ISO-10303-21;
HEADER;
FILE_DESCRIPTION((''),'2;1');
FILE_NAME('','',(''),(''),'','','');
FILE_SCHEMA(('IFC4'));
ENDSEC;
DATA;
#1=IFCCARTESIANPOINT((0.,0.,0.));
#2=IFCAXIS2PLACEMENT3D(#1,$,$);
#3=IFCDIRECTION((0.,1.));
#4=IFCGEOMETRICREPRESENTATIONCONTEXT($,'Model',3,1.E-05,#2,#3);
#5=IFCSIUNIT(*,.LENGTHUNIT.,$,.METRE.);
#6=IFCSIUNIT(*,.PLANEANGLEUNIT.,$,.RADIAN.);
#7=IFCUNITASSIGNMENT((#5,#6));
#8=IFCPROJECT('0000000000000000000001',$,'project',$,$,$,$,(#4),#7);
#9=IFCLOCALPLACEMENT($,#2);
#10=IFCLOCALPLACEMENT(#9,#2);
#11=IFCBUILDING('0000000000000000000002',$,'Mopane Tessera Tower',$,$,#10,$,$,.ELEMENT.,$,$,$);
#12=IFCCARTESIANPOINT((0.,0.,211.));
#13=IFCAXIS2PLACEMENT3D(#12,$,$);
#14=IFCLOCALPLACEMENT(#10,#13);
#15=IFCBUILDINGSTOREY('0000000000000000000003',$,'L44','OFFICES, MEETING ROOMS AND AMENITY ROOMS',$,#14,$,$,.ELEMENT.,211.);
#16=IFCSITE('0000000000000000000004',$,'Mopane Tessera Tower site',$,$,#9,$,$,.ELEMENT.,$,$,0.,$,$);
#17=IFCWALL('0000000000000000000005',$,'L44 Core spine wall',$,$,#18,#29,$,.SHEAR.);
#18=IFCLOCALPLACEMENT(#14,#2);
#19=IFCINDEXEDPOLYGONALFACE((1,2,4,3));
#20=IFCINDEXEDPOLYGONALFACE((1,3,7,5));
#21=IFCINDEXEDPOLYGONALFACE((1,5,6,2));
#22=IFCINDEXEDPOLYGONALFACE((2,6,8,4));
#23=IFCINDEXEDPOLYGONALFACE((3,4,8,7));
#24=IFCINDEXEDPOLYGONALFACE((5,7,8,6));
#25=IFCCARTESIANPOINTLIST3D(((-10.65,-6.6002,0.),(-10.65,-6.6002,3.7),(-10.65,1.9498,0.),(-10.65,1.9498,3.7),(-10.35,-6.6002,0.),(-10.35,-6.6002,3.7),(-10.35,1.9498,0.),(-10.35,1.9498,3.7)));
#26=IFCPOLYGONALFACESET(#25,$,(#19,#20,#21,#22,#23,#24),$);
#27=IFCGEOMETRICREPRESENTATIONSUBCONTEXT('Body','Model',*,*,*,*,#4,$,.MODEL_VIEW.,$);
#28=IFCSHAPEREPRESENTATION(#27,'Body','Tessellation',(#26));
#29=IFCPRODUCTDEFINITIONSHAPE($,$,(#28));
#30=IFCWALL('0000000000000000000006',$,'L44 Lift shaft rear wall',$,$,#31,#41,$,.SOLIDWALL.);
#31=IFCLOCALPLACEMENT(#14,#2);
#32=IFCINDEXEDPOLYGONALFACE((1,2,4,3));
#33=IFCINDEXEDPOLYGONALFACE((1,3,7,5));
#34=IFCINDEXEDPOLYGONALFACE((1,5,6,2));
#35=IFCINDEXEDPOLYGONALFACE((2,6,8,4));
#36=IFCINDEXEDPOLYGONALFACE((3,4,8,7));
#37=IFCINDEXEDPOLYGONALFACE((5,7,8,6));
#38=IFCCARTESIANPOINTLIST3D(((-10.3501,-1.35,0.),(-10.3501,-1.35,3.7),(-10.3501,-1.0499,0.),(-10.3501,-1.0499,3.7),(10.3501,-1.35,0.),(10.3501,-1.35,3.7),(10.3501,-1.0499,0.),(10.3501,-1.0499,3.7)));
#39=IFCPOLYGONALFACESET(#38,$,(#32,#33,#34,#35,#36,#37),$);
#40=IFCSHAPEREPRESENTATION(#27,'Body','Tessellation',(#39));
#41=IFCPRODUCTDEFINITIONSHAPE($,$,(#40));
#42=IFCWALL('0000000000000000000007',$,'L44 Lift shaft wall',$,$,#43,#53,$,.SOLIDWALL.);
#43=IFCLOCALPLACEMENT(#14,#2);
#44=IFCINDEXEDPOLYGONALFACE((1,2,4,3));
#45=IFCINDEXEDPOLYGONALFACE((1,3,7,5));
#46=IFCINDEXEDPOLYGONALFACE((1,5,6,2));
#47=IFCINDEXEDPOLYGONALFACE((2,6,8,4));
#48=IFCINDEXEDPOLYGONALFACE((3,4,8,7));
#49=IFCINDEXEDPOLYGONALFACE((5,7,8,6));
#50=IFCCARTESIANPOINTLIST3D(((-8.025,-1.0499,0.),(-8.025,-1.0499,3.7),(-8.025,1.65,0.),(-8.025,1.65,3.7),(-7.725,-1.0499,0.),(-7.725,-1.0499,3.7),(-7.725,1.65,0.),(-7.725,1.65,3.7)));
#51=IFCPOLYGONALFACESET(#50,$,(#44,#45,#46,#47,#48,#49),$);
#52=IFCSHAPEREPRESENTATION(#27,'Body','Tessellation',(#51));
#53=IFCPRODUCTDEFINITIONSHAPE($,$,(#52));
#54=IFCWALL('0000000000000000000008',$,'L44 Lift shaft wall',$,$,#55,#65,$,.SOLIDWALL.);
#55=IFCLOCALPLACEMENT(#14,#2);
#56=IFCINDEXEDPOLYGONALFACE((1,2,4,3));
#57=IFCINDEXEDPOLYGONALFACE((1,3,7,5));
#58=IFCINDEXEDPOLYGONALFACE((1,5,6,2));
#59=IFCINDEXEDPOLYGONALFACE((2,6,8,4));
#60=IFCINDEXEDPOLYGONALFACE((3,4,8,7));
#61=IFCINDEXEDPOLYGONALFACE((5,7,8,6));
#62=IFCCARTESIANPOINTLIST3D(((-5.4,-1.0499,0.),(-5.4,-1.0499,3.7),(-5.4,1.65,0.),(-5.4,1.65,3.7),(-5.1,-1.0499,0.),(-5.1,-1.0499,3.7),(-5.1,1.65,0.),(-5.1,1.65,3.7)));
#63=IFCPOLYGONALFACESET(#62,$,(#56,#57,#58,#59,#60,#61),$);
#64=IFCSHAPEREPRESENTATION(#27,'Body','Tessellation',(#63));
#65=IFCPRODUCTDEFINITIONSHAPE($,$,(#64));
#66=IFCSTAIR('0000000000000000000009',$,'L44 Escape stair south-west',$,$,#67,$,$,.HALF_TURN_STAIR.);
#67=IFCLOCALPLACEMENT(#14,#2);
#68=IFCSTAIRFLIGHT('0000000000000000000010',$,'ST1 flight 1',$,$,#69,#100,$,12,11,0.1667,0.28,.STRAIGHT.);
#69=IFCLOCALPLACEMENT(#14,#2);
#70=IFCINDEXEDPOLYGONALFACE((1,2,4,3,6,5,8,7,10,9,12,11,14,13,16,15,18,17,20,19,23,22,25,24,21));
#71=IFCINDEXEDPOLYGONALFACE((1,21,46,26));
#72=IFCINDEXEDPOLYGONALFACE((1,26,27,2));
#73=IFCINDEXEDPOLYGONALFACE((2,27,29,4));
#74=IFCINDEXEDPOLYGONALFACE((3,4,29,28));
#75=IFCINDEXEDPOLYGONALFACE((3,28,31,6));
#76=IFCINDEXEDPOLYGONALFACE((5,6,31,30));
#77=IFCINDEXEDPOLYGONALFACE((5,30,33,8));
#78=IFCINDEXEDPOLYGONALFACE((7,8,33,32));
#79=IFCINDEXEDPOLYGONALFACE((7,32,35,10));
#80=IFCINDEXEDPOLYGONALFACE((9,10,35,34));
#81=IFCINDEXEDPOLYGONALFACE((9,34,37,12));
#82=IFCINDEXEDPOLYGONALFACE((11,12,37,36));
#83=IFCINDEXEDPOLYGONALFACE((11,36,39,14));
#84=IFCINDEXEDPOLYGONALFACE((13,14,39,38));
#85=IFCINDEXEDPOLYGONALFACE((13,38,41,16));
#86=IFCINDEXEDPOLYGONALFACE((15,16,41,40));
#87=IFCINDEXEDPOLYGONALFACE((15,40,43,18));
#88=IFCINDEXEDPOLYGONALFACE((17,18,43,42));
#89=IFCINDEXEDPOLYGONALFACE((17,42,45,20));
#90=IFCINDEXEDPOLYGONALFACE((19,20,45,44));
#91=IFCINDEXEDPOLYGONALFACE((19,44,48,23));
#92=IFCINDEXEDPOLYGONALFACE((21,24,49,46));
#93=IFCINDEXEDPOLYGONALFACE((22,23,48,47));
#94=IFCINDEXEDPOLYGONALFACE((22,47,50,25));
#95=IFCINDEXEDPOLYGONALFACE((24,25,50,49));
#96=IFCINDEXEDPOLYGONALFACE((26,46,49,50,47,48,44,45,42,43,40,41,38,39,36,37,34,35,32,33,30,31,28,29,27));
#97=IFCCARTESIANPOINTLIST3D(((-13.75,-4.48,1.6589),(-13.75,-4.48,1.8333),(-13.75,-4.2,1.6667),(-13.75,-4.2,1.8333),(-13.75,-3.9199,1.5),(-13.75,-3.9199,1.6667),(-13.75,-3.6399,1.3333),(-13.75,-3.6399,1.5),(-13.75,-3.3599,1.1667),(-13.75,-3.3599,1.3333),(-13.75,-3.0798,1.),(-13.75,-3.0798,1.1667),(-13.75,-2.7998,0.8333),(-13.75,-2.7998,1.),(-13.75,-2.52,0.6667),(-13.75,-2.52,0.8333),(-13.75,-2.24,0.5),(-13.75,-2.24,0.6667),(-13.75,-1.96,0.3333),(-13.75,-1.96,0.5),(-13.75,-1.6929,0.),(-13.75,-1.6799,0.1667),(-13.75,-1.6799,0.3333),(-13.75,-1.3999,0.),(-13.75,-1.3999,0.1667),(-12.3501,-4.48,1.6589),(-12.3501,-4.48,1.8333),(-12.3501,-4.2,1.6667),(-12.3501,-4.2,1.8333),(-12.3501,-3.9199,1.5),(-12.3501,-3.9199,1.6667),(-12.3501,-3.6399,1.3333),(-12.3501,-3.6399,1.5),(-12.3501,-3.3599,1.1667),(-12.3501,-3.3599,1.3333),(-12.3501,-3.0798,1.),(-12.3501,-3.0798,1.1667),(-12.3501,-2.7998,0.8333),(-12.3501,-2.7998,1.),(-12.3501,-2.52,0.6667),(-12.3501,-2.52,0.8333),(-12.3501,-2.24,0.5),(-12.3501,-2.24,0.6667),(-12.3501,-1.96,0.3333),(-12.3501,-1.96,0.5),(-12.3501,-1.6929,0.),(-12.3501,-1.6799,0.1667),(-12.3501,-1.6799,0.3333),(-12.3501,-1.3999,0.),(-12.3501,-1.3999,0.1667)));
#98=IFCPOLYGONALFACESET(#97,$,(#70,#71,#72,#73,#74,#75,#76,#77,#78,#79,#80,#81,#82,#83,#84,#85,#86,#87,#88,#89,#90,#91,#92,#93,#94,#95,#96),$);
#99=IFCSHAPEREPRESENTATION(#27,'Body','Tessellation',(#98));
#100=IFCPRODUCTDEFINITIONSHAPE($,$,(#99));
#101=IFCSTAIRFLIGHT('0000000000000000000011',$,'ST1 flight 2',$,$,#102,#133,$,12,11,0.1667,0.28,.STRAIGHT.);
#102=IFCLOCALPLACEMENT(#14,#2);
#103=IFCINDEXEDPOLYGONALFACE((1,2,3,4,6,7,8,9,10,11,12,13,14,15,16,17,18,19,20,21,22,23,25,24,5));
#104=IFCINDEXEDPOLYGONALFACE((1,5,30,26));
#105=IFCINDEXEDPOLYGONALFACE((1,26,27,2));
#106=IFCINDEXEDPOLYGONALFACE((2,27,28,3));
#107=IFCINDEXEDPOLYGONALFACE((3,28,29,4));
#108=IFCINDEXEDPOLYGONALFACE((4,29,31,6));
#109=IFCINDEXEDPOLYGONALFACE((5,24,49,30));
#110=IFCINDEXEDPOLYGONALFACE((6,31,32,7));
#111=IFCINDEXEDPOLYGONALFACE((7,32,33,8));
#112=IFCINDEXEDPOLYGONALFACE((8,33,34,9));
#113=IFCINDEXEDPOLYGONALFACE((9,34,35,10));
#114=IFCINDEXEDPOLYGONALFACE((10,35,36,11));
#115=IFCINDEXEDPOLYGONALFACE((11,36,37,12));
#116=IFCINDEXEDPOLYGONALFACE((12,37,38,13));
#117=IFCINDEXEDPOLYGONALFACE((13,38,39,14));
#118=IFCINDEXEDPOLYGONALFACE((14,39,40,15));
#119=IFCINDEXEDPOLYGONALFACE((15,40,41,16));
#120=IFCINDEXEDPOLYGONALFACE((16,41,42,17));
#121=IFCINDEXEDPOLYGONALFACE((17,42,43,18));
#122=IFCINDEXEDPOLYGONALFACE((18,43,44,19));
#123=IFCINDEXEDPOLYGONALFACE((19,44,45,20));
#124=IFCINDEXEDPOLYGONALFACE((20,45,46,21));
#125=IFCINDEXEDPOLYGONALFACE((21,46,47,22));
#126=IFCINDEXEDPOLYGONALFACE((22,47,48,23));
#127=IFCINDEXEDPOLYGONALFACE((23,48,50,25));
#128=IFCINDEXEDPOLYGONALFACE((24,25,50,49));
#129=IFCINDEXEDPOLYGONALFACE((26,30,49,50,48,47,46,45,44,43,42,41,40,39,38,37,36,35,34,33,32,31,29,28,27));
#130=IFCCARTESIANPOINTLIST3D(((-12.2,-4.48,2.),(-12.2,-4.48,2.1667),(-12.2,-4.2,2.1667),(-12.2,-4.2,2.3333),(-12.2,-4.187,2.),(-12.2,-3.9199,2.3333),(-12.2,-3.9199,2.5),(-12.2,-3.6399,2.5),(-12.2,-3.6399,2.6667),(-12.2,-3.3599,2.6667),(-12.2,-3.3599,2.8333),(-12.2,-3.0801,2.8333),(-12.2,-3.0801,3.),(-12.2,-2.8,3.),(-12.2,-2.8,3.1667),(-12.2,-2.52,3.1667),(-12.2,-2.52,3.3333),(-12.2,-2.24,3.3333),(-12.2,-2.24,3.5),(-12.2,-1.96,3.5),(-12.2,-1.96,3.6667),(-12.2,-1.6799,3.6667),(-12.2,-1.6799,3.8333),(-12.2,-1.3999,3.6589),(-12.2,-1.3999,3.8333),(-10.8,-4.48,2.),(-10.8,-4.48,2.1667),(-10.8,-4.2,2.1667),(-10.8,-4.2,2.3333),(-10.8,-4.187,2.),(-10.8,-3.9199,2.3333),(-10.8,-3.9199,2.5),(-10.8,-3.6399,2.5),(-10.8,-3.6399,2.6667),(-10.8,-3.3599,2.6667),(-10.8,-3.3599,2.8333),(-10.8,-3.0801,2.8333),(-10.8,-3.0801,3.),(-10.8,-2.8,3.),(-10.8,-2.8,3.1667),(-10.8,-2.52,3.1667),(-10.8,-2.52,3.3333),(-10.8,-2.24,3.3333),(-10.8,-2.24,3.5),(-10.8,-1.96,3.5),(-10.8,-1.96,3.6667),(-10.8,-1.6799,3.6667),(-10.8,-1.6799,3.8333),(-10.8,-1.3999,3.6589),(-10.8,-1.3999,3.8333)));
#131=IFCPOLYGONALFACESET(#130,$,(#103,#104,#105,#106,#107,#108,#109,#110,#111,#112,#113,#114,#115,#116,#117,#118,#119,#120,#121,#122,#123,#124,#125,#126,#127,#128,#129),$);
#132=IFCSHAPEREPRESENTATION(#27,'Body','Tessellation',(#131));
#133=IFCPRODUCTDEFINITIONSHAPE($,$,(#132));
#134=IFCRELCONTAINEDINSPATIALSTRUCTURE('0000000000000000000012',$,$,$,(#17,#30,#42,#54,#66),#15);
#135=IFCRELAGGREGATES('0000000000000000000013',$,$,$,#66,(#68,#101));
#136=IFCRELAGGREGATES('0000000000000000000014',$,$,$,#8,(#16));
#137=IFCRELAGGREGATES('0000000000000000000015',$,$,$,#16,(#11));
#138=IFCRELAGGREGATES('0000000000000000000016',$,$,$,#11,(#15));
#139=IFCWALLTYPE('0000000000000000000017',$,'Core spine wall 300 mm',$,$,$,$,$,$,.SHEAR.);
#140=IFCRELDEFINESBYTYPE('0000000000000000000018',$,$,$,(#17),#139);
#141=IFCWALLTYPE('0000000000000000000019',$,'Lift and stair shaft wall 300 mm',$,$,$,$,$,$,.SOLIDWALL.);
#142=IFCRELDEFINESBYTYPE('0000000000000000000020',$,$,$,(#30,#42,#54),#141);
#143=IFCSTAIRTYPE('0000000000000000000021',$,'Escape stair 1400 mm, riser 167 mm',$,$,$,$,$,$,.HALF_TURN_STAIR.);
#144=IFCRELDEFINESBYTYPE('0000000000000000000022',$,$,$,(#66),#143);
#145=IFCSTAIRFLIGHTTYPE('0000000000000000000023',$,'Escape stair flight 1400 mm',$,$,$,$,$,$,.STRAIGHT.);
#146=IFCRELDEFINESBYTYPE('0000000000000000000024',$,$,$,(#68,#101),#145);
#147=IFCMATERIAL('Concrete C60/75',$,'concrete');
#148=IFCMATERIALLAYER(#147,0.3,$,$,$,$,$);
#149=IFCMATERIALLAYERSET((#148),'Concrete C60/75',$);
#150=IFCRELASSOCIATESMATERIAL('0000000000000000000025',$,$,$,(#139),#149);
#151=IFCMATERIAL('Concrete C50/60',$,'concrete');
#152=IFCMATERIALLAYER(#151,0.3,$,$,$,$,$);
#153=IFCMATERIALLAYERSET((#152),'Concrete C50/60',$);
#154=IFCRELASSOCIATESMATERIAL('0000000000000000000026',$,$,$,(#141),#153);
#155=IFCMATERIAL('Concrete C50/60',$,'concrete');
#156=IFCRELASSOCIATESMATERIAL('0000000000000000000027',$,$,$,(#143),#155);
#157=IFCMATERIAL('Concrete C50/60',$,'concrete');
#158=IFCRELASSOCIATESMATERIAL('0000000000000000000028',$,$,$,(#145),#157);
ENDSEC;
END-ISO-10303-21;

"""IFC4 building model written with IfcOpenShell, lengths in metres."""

from ifc_helpers import new_model, si_unit, direction, frame, frame_2d, origin, place, context, subcontext, project, spatial, polyline, rectangle, outline, extrude, material, layer, layer_set, type_object, element, aggregate, save


model = new_model("IFC4")

# Units and contexts
model_context = context("Model", 3, precision=1e-05, world=origin(), true_north=direction((0.0, 1.0)))
body_context = subcontext(model_context, "Body", "Model", "MODEL_VIEW")
ifc_project = project(units=[si_unit("LENGTHUNIT", "METRE"), si_unit("PLANEANGLEUNIT", "RADIAN")], contexts=[model_context])

# Site, building, storey
site_placement = place(None, origin())
site = spatial("IfcSite", under=ifc_project, at=site_placement, Name="Mopane Tessera Tower site", CompositionType="ELEMENT", RefElevation=0.0)
building_placement = place(site_placement, origin())
building = spatial("IfcBuilding", under=site, at=building_placement, Name="Mopane Tessera Tower", CompositionType="ELEMENT")
storey_placement = place(building_placement, frame((0.0, 0.0, 211.0)))
storey = spatial("IfcBuildingStorey", under=building, at=storey_placement, Name="L44", Description="OFFICES, MEETING ROOMS AND AMENITY ROOMS", CompositionType="ELEMENT", Elevation=211.0)

# Walls
ifc_material_1 = material(Name="Concrete C60/75", Category="concrete")
ifc_layer_1 = layer(ifc_material_1, 0.3)
ifc_layer_set_1 = layer_set([ifc_layer_1], Name="Concrete C60/75")
wall_type_1 = type_object("IfcWallType", Name="Core spine wall 300 mm", PredefinedType="SHEAR", material=ifc_layer_set_1)
wall_1_placement = place(storey_placement, frame((-10.5, -6.6001, 0.0), z_axis=(0.0, 0.0, 1.0), x_axis=(0.0, 1.0, 0.0)))
element("IfcWall", 1, at=wall_1_placement, inside=storey, type_object=wall_type_1, Name="L44 Core spine wall", PredefinedType="SHEAR", context=body_context, shape_type="SweptSolid", body=[
    extrude(rectangle(XDim=8.55, YDim=0.3, at=frame_2d((4.2749, 0.0))), origin(), (0.0, 0.0, 1.0), 3.7),
])
ifc_material_2 = material(Name="Concrete C50/60", Category="concrete")
ifc_layer_2 = layer(ifc_material_2, 0.3)
ifc_layer_set_2 = layer_set([ifc_layer_2], Name="Concrete C50/60")
wall_type_2 = type_object("IfcWallType", Name="Lift and stair shaft wall 300 mm", PredefinedType="SOLIDWALL", material=ifc_layer_set_2)
wall_2_placement = place(storey_placement, frame((-10.3501, -1.2, 0.0), z_axis=(0.0, 0.0, 1.0), x_axis=(1.0, 0.0, 0.0)))
element("IfcWall", 2, at=wall_2_placement, inside=storey, type_object=wall_type_2, Name="L44 Lift shaft rear wall", PredefinedType="SOLIDWALL", context=body_context, shape_type="SweptSolid", body=[
    extrude(rectangle(XDim=20.7002, YDim=0.3, at=frame_2d((10.3501, 0.0))), origin(), (0.0, 0.0, 1.0), 3.7),
])
for number, where, z_axis, x_axis, name in (
    (3, (-7.875, -1.05, 0.0), (0.0, 0.0, 1.0), (0.0, 1.0, 0.0), "L44 Lift shaft wall"),
    (4, (-5.25, -1.05, 0.0), (0.0, 0.0, 1.0), (0.0, 1.0, 0.0), "L44 Lift shaft wall"),
):
    element("IfcWall", number, at=place(storey_placement, frame(where, z_axis=z_axis, x_axis=x_axis)), inside=storey, type_object=wall_type_2, Name=name, PredefinedType="SOLIDWALL", context=body_context, shape_type="SweptSolid", body=[
        extrude(rectangle(XDim=2.7, YDim=0.3, at=frame_2d((1.3501, 0.0))), origin(), (0.0, 0.0, 1.0), 3.7),
    ])

# Stair, stair flights
ifc_material_3 = material(Name="Concrete C50/60", Category="concrete")
stair_type = type_object("IfcStairType", Name="Escape stair 1400 mm, riser 167 mm", PredefinedType="HALF_TURN_STAIR", material=ifc_material_3)
stair_placement = place(storey_placement, origin())
stair = element("IfcStair", 5, at=stair_placement, inside=storey, type_object=stair_type, Name="L44 Escape stair south-west", PredefinedType="HALF_TURN_STAIR")
ifc_material_4 = material(Name="Concrete C50/60", Category="concrete")
stair_flight_type = type_object("IfcStairFlightType", Name="Escape stair flight 1400 mm", PredefinedType="STRAIGHT", material=ifc_material_4)
stair_flight_1_placement = place(storey_placement, frame((-13.05, -1.3999, 0.0), z_axis=(0.0, 0.0, 1.0), x_axis=(0.0, -1.0, 0.0)))
stair_flight_1 = element("IfcStairFlight", 6, at=stair_flight_1_placement, type_object=stair_flight_type, Name="ST1 flight 1", NumberOfRisers=12, NumberOfTreads=11, PredefinedType="STRAIGHT", RiserHeight=0.1667, TreadLength=0.28, context=body_context, shape_type="SweptSolid", body=[
    extrude(outline(polyline([(0.0, 0.0), (0.0, 0.1667), (0.28, 0.1667), (0.28, 0.3333), (0.5601, 0.3333), (0.5601, 0.5), (0.8401, 0.5), (0.8401, 0.6667), (1.1201, 0.6667), (1.1201, 0.8333), (1.3999, 0.8333), (1.3999, 1.0), (1.6799, 1.0), (1.6799, 1.1667), (1.96, 1.1667), (1.96, 1.3333), (2.24, 1.3333), (2.24, 1.5), (2.52, 1.5), (2.52, 1.6667), (2.8, 1.6667), (2.8, 1.8333), (3.0801, 1.8333), (3.0801, 2.0), (3.0801, 1.6589), (0.293, 0.0), (0.0, 0.0)])), frame((0.0, 0.7, 0.0), z_axis=(0.0, -1.0, 0.0), x_axis=(1.0, 0.0, 0.0)), (0.0, 0.0, 1.0), 1.3999),
])
stair_flight_2_placement = place(storey_placement, frame((-11.5, -4.48, 2.0), z_axis=(0.0, 0.0, 1.0), x_axis=(0.0, 1.0, 0.0)))
stair_flight_2 = element("IfcStairFlight", 7, at=stair_flight_2_placement, type_object=stair_flight_type, Name="ST1 flight 2", NumberOfRisers=12, NumberOfTreads=11, PredefinedType="STRAIGHT", RiserHeight=0.1667, TreadLength=0.28, context=body_context, shape_type="SweptSolid", body=[
    extrude(outline(polyline([(0.0, 0.0), (0.0, 0.1667), (0.28, 0.1667), (0.28, 0.3333), (0.5601, 0.3333), (0.5601, 0.5), (0.8401, 0.5), (0.8401, 0.6667), (1.1201, 0.6667), (1.1201, 0.8333), (1.3999, 0.8333), (1.3999, 1.0), (1.6799, 1.0), (1.6799, 1.1667), (1.96, 1.1667), (1.96, 1.3333), (2.24, 1.3333), (2.24, 1.5), (2.52, 1.5), (2.52, 1.6667), (2.8, 1.6667), (2.8, 1.8333), (3.0801, 1.8333), (3.0801, 2.0), (3.0801, 1.6589), (0.293, 0.0), (0.0, 0.0)])), frame((0.0, 0.7, 0.0), z_axis=(0.0, -1.0, 0.0), x_axis=(1.0, 0.0, 0.0)), (0.0, 0.0, 1.0), 1.3999),
])
aggregate(stair, [stair_flight_1, stair_flight_2])

save(model, "model.ifc")
